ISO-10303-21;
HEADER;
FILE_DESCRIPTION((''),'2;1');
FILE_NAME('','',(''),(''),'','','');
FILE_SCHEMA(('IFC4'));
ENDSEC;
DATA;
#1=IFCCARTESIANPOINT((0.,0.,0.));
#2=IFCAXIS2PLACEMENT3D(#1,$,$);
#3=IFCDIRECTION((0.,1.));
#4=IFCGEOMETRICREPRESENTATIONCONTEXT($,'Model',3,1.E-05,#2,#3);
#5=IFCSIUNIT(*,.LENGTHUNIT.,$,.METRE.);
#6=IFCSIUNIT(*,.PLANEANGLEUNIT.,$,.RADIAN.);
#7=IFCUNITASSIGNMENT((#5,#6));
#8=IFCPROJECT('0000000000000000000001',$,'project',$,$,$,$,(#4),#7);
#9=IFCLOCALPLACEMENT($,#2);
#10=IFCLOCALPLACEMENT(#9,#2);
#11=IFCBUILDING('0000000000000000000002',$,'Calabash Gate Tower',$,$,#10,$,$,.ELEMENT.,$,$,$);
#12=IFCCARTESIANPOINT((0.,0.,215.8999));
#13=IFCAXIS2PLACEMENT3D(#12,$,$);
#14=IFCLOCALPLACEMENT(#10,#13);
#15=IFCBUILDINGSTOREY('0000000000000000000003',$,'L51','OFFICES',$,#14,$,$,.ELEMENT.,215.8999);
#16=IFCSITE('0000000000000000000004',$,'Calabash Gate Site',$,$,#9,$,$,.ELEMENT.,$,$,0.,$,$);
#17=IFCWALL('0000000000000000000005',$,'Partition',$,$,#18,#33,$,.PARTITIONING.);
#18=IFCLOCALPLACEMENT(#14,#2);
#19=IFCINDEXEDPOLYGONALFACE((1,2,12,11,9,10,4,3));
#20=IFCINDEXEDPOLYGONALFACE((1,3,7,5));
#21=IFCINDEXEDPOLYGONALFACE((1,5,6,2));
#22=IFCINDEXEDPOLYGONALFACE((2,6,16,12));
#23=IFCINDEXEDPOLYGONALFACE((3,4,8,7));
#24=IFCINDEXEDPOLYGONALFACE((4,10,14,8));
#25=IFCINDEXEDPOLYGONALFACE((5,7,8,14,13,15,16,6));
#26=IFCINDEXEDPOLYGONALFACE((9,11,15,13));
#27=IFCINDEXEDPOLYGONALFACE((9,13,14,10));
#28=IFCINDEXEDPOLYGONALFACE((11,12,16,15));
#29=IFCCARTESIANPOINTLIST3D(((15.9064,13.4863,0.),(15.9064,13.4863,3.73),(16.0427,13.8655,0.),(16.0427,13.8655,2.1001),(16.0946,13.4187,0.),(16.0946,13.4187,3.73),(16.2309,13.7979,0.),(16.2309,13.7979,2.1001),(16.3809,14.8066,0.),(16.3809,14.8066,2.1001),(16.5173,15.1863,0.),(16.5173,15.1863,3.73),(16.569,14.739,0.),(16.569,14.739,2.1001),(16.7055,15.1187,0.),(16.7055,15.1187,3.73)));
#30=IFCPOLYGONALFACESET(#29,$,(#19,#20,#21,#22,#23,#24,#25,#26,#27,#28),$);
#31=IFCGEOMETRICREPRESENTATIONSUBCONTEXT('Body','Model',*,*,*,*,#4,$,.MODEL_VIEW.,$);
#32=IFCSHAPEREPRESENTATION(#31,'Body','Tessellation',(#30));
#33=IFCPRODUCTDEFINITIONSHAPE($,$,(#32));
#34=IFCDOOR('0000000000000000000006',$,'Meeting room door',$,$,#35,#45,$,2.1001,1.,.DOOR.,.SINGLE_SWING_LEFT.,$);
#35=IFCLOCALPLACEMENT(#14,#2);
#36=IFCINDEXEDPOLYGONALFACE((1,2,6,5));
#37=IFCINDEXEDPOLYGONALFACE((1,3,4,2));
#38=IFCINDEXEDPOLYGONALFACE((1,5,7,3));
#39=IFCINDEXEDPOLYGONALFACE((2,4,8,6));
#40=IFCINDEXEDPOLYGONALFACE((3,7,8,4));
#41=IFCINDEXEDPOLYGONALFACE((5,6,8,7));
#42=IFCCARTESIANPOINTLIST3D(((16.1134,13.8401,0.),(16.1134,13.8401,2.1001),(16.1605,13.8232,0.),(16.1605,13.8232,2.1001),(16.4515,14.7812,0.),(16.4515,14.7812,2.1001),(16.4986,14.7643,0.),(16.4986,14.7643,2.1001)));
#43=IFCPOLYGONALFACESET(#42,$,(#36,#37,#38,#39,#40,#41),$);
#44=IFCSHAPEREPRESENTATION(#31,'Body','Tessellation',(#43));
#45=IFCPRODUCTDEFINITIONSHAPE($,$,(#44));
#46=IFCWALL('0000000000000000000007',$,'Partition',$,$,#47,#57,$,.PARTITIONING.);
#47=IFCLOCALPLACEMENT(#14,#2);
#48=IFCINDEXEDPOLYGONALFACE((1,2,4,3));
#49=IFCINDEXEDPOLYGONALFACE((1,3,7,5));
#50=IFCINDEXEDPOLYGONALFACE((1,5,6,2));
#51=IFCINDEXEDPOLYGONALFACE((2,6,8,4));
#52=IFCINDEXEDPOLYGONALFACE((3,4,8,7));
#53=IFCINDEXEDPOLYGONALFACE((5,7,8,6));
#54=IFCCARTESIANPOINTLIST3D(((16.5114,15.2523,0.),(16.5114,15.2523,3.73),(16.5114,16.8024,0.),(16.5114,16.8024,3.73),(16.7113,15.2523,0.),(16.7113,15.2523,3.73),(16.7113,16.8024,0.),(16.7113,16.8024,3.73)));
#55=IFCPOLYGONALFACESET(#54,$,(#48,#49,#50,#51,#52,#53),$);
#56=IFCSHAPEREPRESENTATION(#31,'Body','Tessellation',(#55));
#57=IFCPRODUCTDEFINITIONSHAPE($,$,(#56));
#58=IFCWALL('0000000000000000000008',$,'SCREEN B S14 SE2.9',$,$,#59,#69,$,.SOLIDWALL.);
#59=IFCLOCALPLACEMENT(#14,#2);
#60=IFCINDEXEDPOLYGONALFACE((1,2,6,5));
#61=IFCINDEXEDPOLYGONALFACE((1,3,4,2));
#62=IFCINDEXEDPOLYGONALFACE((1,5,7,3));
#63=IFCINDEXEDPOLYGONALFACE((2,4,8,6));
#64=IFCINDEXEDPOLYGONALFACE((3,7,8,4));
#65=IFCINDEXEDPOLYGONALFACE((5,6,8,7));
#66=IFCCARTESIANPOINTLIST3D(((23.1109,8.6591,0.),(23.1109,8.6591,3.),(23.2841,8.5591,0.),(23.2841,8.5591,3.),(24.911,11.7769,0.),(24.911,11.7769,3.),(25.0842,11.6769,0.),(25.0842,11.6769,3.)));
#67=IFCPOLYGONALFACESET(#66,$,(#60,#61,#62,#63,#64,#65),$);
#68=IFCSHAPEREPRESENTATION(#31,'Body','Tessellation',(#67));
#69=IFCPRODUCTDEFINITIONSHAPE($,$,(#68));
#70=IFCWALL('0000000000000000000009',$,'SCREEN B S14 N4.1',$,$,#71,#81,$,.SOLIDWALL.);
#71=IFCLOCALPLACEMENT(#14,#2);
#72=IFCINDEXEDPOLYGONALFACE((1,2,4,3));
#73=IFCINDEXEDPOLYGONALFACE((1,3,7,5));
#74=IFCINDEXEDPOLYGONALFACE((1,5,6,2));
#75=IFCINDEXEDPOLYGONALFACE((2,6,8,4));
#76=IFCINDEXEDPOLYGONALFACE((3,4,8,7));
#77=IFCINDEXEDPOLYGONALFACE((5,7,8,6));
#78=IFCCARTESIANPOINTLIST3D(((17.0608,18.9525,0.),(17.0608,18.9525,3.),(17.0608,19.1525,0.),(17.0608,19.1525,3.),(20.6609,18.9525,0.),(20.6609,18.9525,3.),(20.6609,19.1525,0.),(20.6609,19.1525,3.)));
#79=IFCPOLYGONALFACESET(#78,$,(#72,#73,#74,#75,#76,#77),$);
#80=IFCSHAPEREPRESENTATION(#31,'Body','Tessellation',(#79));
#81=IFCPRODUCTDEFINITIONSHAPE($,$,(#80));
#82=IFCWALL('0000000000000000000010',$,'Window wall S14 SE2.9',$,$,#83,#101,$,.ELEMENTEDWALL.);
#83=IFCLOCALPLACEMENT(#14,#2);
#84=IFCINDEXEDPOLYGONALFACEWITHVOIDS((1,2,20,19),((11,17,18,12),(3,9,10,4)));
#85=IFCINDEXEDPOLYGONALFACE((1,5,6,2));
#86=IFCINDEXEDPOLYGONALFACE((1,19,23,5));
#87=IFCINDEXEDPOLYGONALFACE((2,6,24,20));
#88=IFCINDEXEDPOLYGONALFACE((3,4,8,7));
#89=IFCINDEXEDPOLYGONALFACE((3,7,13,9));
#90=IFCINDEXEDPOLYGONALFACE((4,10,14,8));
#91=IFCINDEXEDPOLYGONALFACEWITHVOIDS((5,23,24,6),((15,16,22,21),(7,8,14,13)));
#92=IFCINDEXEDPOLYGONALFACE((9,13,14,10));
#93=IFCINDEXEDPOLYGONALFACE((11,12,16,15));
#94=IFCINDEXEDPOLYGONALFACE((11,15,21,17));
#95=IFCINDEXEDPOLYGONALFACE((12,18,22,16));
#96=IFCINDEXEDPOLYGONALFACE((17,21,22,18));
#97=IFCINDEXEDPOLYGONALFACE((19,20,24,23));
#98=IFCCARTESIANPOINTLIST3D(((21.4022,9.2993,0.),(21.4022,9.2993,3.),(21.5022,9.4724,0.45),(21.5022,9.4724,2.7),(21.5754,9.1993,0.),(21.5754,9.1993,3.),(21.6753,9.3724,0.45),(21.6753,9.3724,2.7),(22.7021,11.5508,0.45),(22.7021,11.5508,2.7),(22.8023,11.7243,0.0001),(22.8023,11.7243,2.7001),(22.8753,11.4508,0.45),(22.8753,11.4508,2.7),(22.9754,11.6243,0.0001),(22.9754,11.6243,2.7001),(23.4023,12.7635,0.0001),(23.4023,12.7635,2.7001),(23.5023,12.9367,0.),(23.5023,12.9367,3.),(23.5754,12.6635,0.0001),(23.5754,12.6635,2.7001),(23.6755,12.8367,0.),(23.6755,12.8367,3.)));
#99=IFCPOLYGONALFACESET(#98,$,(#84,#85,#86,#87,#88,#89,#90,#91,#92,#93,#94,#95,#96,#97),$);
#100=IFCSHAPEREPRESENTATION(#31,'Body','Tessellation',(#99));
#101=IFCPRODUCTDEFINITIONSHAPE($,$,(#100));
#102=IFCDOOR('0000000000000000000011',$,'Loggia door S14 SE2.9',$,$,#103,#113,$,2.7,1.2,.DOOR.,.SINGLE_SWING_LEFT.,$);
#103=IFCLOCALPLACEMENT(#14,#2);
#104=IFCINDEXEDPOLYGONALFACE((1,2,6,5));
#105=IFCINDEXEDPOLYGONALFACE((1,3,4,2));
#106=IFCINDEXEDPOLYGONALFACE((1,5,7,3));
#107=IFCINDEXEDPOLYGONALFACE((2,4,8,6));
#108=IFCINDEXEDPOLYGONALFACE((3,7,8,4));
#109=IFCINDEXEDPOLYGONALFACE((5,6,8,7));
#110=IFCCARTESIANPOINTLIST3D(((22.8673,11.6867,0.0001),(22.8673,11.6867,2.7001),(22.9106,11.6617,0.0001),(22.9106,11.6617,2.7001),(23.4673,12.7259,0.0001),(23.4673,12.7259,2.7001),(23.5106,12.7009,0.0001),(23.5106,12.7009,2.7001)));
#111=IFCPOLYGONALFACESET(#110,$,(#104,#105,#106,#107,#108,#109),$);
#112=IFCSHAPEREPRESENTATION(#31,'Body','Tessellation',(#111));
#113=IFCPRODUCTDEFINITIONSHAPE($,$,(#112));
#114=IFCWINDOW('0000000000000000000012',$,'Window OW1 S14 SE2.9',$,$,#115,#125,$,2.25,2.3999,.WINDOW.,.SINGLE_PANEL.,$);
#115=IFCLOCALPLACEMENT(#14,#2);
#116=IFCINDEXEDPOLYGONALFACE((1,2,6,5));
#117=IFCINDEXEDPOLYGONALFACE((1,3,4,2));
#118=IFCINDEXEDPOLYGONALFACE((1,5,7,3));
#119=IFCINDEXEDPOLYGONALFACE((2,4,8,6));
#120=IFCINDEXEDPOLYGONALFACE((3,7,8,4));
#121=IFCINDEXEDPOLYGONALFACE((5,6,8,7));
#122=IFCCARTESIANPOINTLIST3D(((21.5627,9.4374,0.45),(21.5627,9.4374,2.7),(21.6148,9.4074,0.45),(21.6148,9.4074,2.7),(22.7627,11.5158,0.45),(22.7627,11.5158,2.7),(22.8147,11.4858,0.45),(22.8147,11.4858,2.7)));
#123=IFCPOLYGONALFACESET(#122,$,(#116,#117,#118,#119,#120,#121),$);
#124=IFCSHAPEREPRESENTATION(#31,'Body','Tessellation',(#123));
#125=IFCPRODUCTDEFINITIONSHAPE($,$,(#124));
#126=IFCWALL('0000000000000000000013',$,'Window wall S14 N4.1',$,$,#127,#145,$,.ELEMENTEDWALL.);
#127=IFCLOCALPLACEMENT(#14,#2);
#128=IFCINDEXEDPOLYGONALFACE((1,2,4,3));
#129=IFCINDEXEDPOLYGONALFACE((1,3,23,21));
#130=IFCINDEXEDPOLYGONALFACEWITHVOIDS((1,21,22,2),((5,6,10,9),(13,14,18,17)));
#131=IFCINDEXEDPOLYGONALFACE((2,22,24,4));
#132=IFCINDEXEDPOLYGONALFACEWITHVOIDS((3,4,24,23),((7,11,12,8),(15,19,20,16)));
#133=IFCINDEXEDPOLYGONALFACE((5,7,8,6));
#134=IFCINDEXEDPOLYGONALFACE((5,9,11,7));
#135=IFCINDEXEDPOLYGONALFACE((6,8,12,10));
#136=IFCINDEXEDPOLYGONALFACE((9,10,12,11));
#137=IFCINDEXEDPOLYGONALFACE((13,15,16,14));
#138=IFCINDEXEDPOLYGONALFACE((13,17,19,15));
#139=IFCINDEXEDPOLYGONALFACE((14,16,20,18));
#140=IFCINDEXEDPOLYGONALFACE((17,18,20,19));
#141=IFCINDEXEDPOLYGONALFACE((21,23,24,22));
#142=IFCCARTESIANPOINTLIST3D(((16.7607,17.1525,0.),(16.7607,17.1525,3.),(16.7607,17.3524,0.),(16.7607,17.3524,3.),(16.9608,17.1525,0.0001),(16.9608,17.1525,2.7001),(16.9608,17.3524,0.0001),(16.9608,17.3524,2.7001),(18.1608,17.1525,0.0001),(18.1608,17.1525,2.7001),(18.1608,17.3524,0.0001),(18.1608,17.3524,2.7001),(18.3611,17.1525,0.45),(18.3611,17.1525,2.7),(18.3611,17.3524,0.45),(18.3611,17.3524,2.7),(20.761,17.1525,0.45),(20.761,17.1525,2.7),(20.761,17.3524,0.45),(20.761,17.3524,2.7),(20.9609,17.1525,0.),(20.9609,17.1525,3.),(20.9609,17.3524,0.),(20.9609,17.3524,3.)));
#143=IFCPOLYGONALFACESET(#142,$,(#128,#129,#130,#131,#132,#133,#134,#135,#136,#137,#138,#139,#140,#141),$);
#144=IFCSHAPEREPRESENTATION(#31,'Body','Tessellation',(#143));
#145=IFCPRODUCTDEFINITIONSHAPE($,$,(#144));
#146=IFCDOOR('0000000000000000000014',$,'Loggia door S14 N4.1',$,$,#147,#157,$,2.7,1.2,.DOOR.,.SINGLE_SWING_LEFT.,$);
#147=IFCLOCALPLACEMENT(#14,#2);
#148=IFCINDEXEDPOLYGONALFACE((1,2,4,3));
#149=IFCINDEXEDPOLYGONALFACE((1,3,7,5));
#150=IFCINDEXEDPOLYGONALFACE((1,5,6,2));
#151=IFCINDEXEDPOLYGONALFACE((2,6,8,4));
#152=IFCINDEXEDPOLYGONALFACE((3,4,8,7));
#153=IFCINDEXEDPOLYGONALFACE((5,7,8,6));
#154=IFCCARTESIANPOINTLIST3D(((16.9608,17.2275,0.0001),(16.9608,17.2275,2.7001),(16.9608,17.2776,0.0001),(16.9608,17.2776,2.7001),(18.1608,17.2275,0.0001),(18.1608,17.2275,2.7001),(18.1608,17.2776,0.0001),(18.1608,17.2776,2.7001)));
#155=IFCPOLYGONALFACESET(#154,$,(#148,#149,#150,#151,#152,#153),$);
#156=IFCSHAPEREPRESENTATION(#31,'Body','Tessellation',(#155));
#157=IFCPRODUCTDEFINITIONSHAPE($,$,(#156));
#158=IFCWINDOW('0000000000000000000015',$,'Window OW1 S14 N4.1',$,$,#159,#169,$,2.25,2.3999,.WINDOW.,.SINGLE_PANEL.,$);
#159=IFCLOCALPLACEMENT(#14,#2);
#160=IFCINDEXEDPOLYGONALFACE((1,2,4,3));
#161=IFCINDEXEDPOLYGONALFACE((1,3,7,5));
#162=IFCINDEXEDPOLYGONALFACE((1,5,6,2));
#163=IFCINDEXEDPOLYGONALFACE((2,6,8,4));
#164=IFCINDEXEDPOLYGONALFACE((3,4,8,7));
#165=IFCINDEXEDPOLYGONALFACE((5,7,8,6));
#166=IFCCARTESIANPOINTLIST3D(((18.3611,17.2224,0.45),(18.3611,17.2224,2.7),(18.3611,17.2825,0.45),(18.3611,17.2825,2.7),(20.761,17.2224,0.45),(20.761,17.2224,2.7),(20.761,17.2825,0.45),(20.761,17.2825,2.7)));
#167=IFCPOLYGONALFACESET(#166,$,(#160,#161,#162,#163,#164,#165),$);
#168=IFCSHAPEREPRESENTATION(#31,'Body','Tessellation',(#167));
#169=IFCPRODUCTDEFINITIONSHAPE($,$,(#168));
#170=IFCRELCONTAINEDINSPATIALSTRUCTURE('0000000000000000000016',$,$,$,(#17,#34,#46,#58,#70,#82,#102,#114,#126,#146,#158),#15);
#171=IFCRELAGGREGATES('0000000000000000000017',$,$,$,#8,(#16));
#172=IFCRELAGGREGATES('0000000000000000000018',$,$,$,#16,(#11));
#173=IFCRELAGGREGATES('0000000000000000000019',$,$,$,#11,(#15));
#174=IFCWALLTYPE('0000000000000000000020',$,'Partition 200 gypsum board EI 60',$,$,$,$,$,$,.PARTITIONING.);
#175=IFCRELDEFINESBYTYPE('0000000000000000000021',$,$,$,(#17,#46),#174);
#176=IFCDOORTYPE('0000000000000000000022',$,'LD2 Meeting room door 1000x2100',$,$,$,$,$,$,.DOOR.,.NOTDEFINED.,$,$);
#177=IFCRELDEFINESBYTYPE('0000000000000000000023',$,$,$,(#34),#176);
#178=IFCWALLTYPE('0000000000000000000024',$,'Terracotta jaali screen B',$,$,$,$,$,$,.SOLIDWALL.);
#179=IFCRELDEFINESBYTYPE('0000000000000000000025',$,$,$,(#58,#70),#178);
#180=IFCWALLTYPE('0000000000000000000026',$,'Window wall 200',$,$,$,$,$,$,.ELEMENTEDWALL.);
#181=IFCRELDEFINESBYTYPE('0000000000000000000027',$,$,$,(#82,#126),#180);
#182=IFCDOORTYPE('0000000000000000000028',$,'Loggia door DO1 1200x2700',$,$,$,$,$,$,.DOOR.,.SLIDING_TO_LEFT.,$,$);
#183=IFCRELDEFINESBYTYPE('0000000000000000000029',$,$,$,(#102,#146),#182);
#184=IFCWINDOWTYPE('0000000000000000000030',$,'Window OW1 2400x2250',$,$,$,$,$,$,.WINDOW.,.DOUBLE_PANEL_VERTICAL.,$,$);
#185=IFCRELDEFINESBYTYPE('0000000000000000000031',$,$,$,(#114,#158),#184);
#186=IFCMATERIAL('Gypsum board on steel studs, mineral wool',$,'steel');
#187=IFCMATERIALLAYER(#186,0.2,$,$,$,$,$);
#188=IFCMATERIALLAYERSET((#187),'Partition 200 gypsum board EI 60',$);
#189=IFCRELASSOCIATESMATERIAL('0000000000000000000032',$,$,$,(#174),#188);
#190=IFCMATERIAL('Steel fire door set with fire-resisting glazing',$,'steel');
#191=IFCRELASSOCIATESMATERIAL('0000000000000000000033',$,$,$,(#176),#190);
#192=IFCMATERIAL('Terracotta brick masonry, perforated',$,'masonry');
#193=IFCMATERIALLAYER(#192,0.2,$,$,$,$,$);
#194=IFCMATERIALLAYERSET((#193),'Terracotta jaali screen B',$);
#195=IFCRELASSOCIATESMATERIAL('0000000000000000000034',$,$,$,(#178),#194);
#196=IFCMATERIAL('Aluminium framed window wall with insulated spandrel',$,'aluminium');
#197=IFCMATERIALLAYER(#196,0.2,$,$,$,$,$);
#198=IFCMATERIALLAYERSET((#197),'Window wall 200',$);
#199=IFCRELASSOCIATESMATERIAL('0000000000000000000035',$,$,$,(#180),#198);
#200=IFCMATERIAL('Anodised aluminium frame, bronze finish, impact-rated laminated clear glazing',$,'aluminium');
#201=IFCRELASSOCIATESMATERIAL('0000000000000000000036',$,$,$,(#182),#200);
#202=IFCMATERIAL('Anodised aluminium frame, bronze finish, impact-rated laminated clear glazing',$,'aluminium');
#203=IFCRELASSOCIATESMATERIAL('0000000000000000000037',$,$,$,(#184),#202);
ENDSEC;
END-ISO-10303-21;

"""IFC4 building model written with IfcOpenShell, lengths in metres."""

from ifc_helpers import new_model, si_unit, direction, frame, frame_2d, origin, place, context, subcontext, project, spatial, rectangle, extrude, material, layer, layer_set, type_object, element, fill, save


model = new_model("IFC4")

# Units and contexts
model_context = context("Model", 3, precision=1e-05, world=origin(), true_north=direction((0.0, 1.0)))
body_context = subcontext(model_context, "Body", "Model", "MODEL_VIEW")
ifc_project = project(units=[si_unit("LENGTHUNIT", "METRE"), si_unit("PLANEANGLEUNIT", "RADIAN")], contexts=[model_context])

# Site, building, storey
site_placement = place(None, origin())
site = spatial("IfcSite", under=ifc_project, at=site_placement, Name="Calabash Gate Site", CompositionType="ELEMENT", RefElevation=0.0)
building_placement = place(site_placement, origin())
building = spatial("IfcBuilding", under=site, at=building_placement, Name="Calabash Gate Tower", CompositionType="ELEMENT")
storey_placement = place(building_placement, frame((0.0, 0.0, 215.8999)))
storey = spatial("IfcBuildingStorey", under=building, at=storey_placement, Name="L51", Description="OFFICES", CompositionType="ELEMENT", Elevation=215.8999)

# Shared definitions
ifc_material_1 = material(Name="Gypsum board on steel studs, mineral wool", Category="steel")
ifc_layer_1 = layer(ifc_material_1, 0.2)
ifc_layer_set_1 = layer_set([ifc_layer_1], Name="Partition 200 gypsum board EI 60")
wall_type_1 = type_object("IfcWallType", Name="Partition 200 gypsum board EI 60", PredefinedType="PARTITIONING", material=ifc_layer_set_1)

# Wall, opening, door
wall_1_placement = place(storey_placement, frame((16.0005, 13.4524, 0.0), z_axis=(0.0, 0.0, 1.0), x_axis=(0.338159, 0.941089, 0.0)))
wall_1 = element("IfcWall", 1, at=wall_1_placement, inside=storey, type_object=wall_type_1, Name="Partition", PredefinedType="PARTITIONING", context=body_context, shape_type="SweptSolid", body=[
    extrude(rectangle(XDim=1.8064, YDim=0.2, at=frame_2d((0.9033, 0.0))), origin(), (0.0, 0.0, 1.0), 3.73),
])
opening_1_placement = place(wall_1_placement, frame((0.4031, 0.0, 0.0)))
opening_1 = element("IfcOpeningElement", 2, at=opening_1_placement, cuts=wall_1, PredefinedType="OPENING", context=body_context, shape_type="SweptSolid", body=[
    extrude(rectangle(XDim=1.0, YDim=2.1001, at=frame_2d((0.5, 1.05))), frame((0.0, 0.1099, 0.0), z_axis=(0.0, -1.0, 0.0), x_axis=(1.0, 0.0, 0.0)), (0.0, 0.0, 1.0), 0.22),
])
ifc_material_2 = material(Name="Steel fire door set with fire-resisting glazing", Category="steel")
door_type_1 = type_object("IfcDoorType", Name="LD2 Meeting room door 1000x2100", OperationType="NOTDEFINED", PredefinedType="DOOR", material=ifc_material_2)
door_1_placement = place(opening_1_placement, origin())
door_1 = element("IfcDoor", 3, at=door_1_placement, inside=storey, type_object=door_type_1, Name="Meeting room door", OperationType="SINGLE_SWING_LEFT", OverallHeight=2.1001, OverallWidth=1.0, PredefinedType="DOOR", context=body_context, shape_type="SweptSolid", body=[
    extrude(rectangle(XDim=1.0, YDim=2.1001, at=frame_2d((0.5, 1.05))), frame((0.0, 0.0249, 0.0), z_axis=(0.0, -1.0, 0.0), x_axis=(1.0, 0.0, 0.0)), (0.0, 0.0, 1.0), 0.05),
])
fill(opening_1, door_1)

# Walls
wall_2_placement = place(storey_placement, frame((16.6113, 15.2524, 0.0), z_axis=(0.0, 0.0, 1.0), x_axis=(0.0, 1.0, 0.0)))
element("IfcWall", 4, at=wall_2_placement, inside=storey, type_object=wall_type_1, Name="Partition", PredefinedType="PARTITIONING", context=body_context, shape_type="SweptSolid", body=[
    extrude(rectangle(XDim=1.55, YDim=0.2, at=frame_2d((0.7749, 0.0))), origin(), (0.0, 0.0, 1.0), 3.73),
])
ifc_material_3 = material(Name="Terracotta brick masonry, perforated", Category="masonry")
ifc_layer_2 = layer(ifc_material_3, 0.2)
ifc_layer_set_2 = layer_set([ifc_layer_2], Name="Terracotta jaali screen B")
wall_type_2 = type_object("IfcWallType", Name="Terracotta jaali screen B", PredefinedType="SOLIDWALL", material=ifc_layer_set_2)
for number, where, z_axis, x_axis, name in (
    (5, (23.1975, 8.6091, 0.0), (0.0, 0.0, 1.0), (0.500012, 0.866018, 0.0), "SCREEN B S14 SE2.9"),
    (6, (20.6609, 19.0525, 0.0), (0.0, 0.0, 1.0), (-1.0, 0.0, 0.0), "SCREEN B S14 N4.1"),
):
    element("IfcWall", number, at=place(storey_placement, frame(where, z_axis=z_axis, x_axis=x_axis)), inside=storey, type_object=wall_type_2, Name=name, PredefinedType="SOLIDWALL", context=body_context, shape_type="SweptSolid", body=[
        extrude(rectangle(XDim=3.6001, YDim=0.2, at=frame_2d((1.8, 0.0))), origin(), (0.0, 0.0, 1.0), 3.0),
    ])

# Walls, openings, doors, windows
ifc_material_4 = material(Name="Aluminium framed window wall with insulated spandrel", Category="aluminium")
ifc_layer_3 = layer(ifc_material_4, 0.2)
ifc_layer_set_3 = layer_set([ifc_layer_3], Name="Window wall 200")
wall_type_3 = type_object("IfcWallType", Name="Window wall 200", PredefinedType="ELEMENTEDWALL", material=ifc_layer_set_3)
wall_3_placement = place(storey_placement, frame((21.4888, 9.2493, 0.0), z_axis=(0.0, 0.0, 1.0), x_axis=(0.500003, 0.866024, 0.0)))
wall_3 = element("IfcWall", 7, at=wall_3_placement, inside=storey, type_object=wall_type_3, Name="Window wall S14 SE2.9", PredefinedType="ELEMENTEDWALL", context=body_context, shape_type="SweptSolid", body=[
    extrude(rectangle(XDim=4.2002, YDim=0.2, at=frame_2d((2.1001, 0.0))), origin(), (0.0, 0.0, 1.0), 3.0),
])
opening_2_placement = place(wall_3_placement, frame((0.2, 0.0, 0.45)))
opening_2 = element("IfcOpeningElement", 8, at=opening_2_placement, cuts=wall_3, PredefinedType="OPENING", context=body_context, shape_type="SweptSolid", body=[
    extrude(rectangle(XDim=2.3999, YDim=2.25, at=frame_2d((1.2, 1.125))), frame((0.0, 0.1099, 0.0), z_axis=(0.0, -1.0, 0.0), x_axis=(1.0, 0.0, 0.0)), (0.0, 0.0, 1.0), 0.22),
])
opening_3_placement = place(wall_3_placement, frame((2.8, 0.0, 0.0)))
opening_3 = element("IfcOpeningElement", 9, at=opening_3_placement, cuts=wall_3, PredefinedType="OPENING", context=body_context, shape_type="SweptSolid", body=[
    extrude(rectangle(XDim=1.2, YDim=2.7, at=frame_2d((0.6001, 1.3501))), frame((0.0, 0.1099, 0.0), z_axis=(0.0, -1.0, 0.0), x_axis=(1.0, 0.0, 0.0)), (0.0, 0.0, 1.0), 0.22),
])
ifc_material_5 = material(Name="Anodised aluminium frame, bronze finish, impact-rated laminated clear glazing", Category="aluminium")
door_type_2 = type_object("IfcDoorType", Name="Loggia door DO1 1200x2700", OperationType="SLIDING_TO_LEFT", PredefinedType="DOOR", material=ifc_material_5)
door_2_placement = place(opening_3_placement, origin())
door_2 = element("IfcDoor", 10, at=door_2_placement, inside=storey, type_object=door_type_2, Name="Loggia door S14 SE2.9", OperationType="SINGLE_SWING_LEFT", OverallHeight=2.7, OverallWidth=1.2, PredefinedType="DOOR", context=body_context, shape_type="SweptSolid", body=[
    extrude(rectangle(XDim=1.2, YDim=2.7, at=frame_2d((0.6001, 1.3501))), frame((0.0, 0.0249, 0.0), z_axis=(0.0, -1.0, 0.0), x_axis=(1.0, 0.0, 0.0)), (0.0, 0.0, 1.0), 0.05),
])
fill(opening_3, door_2)
ifc_material_6 = material(Name="Anodised aluminium frame, bronze finish, impact-rated laminated clear glazing", Category="aluminium")
window_type = type_object("IfcWindowType", Name="Window OW1 2400x2250", PartitioningType="DOUBLE_PANEL_VERTICAL", PredefinedType="WINDOW", material=ifc_material_6)
window_1_placement = place(opening_2_placement, origin())
window_1 = element("IfcWindow", 11, at=window_1_placement, inside=storey, type_object=window_type, Name="Window OW1 S14 SE2.9", OverallHeight=2.25, OverallWidth=2.3999, PartitioningType="SINGLE_PANEL", PredefinedType="WINDOW", context=body_context, shape_type="SweptSolid", body=[
    extrude(rectangle(XDim=2.3999, YDim=2.25, at=frame_2d((1.2, 1.125))), frame((0.0, 0.03, 0.0), z_axis=(0.0, -1.0, 0.0), x_axis=(1.0, 0.0, 0.0)), (0.0, 0.0, 1.0), 0.0601),
])
fill(opening_2, window_1)
wall_4_placement = place(storey_placement, frame((20.9609, 17.2524, 0.0), z_axis=(0.0, 0.0, 1.0), x_axis=(-1.0, 0.0, 0.0)))
wall_4 = element("IfcWall", 12, at=wall_4_placement, inside=storey, type_object=wall_type_3, Name="Window wall S14 N4.1", PredefinedType="ELEMENTEDWALL", context=body_context, shape_type="SweptSolid", body=[
    extrude(rectangle(XDim=4.2002, YDim=0.2, at=frame_2d((2.1001, 0.0))), origin(), (0.0, 0.0, 1.0), 3.0),
])
opening_4_placement = place(wall_4_placement, frame((0.2, 0.0, 0.45)))
opening_4 = element("IfcOpeningElement", 13, at=opening_4_placement, cuts=wall_4, PredefinedType="OPENING", context=body_context, shape_type="SweptSolid", body=[
    extrude(rectangle(XDim=2.3999, YDim=2.25, at=frame_2d((1.2, 1.125))), frame((0.0, 0.1099, 0.0), z_axis=(0.0, -1.0, 0.0), x_axis=(1.0, 0.0, 0.0)), (0.0, 0.0, 1.0), 0.22),
])
opening_5_placement = place(wall_4_placement, frame((2.8, 0.0, 0.0)))
opening_5 = element("IfcOpeningElement", 14, at=opening_5_placement, cuts=wall_4, PredefinedType="OPENING", context=body_context, shape_type="SweptSolid", body=[
    extrude(rectangle(XDim=1.2, YDim=2.7, at=frame_2d((0.6001, 1.3501))), frame((0.0, 0.1099, 0.0), z_axis=(0.0, -1.0, 0.0), x_axis=(1.0, 0.0, 0.0)), (0.0, 0.0, 1.0), 0.22),
])
door_3_placement = place(opening_5_placement, origin())
door_3 = element("IfcDoor", 15, at=door_3_placement, inside=storey, type_object=door_type_2, Name="Loggia door S14 N4.1", OperationType="SINGLE_SWING_LEFT", OverallHeight=2.7, OverallWidth=1.2, PredefinedType="DOOR", context=body_context, shape_type="SweptSolid", body=[
    extrude(rectangle(XDim=1.2, YDim=2.7, at=frame_2d((0.6001, 1.3501))), frame((0.0, 0.0249, 0.0), z_axis=(0.0, -1.0, 0.0), x_axis=(1.0, 0.0, 0.0)), (0.0, 0.0, 1.0), 0.05),
])
fill(opening_5, door_3)
window_2_placement = place(opening_4_placement, origin())
window_2 = element("IfcWindow", 16, at=window_2_placement, inside=storey, type_object=window_type, Name="Window OW1 S14 N4.1", OverallHeight=2.25, OverallWidth=2.3999, PartitioningType="SINGLE_PANEL", PredefinedType="WINDOW", context=body_context, shape_type="SweptSolid", body=[
    extrude(rectangle(XDim=2.3999, YDim=2.25, at=frame_2d((1.2, 1.125))), frame((0.0, 0.03, 0.0), z_axis=(0.0, -1.0, 0.0), x_axis=(1.0, 0.0, 0.0)), (0.0, 0.0, 1.0), 0.0601),
])
fill(opening_4, window_2)

save(model, "model.ifc")
